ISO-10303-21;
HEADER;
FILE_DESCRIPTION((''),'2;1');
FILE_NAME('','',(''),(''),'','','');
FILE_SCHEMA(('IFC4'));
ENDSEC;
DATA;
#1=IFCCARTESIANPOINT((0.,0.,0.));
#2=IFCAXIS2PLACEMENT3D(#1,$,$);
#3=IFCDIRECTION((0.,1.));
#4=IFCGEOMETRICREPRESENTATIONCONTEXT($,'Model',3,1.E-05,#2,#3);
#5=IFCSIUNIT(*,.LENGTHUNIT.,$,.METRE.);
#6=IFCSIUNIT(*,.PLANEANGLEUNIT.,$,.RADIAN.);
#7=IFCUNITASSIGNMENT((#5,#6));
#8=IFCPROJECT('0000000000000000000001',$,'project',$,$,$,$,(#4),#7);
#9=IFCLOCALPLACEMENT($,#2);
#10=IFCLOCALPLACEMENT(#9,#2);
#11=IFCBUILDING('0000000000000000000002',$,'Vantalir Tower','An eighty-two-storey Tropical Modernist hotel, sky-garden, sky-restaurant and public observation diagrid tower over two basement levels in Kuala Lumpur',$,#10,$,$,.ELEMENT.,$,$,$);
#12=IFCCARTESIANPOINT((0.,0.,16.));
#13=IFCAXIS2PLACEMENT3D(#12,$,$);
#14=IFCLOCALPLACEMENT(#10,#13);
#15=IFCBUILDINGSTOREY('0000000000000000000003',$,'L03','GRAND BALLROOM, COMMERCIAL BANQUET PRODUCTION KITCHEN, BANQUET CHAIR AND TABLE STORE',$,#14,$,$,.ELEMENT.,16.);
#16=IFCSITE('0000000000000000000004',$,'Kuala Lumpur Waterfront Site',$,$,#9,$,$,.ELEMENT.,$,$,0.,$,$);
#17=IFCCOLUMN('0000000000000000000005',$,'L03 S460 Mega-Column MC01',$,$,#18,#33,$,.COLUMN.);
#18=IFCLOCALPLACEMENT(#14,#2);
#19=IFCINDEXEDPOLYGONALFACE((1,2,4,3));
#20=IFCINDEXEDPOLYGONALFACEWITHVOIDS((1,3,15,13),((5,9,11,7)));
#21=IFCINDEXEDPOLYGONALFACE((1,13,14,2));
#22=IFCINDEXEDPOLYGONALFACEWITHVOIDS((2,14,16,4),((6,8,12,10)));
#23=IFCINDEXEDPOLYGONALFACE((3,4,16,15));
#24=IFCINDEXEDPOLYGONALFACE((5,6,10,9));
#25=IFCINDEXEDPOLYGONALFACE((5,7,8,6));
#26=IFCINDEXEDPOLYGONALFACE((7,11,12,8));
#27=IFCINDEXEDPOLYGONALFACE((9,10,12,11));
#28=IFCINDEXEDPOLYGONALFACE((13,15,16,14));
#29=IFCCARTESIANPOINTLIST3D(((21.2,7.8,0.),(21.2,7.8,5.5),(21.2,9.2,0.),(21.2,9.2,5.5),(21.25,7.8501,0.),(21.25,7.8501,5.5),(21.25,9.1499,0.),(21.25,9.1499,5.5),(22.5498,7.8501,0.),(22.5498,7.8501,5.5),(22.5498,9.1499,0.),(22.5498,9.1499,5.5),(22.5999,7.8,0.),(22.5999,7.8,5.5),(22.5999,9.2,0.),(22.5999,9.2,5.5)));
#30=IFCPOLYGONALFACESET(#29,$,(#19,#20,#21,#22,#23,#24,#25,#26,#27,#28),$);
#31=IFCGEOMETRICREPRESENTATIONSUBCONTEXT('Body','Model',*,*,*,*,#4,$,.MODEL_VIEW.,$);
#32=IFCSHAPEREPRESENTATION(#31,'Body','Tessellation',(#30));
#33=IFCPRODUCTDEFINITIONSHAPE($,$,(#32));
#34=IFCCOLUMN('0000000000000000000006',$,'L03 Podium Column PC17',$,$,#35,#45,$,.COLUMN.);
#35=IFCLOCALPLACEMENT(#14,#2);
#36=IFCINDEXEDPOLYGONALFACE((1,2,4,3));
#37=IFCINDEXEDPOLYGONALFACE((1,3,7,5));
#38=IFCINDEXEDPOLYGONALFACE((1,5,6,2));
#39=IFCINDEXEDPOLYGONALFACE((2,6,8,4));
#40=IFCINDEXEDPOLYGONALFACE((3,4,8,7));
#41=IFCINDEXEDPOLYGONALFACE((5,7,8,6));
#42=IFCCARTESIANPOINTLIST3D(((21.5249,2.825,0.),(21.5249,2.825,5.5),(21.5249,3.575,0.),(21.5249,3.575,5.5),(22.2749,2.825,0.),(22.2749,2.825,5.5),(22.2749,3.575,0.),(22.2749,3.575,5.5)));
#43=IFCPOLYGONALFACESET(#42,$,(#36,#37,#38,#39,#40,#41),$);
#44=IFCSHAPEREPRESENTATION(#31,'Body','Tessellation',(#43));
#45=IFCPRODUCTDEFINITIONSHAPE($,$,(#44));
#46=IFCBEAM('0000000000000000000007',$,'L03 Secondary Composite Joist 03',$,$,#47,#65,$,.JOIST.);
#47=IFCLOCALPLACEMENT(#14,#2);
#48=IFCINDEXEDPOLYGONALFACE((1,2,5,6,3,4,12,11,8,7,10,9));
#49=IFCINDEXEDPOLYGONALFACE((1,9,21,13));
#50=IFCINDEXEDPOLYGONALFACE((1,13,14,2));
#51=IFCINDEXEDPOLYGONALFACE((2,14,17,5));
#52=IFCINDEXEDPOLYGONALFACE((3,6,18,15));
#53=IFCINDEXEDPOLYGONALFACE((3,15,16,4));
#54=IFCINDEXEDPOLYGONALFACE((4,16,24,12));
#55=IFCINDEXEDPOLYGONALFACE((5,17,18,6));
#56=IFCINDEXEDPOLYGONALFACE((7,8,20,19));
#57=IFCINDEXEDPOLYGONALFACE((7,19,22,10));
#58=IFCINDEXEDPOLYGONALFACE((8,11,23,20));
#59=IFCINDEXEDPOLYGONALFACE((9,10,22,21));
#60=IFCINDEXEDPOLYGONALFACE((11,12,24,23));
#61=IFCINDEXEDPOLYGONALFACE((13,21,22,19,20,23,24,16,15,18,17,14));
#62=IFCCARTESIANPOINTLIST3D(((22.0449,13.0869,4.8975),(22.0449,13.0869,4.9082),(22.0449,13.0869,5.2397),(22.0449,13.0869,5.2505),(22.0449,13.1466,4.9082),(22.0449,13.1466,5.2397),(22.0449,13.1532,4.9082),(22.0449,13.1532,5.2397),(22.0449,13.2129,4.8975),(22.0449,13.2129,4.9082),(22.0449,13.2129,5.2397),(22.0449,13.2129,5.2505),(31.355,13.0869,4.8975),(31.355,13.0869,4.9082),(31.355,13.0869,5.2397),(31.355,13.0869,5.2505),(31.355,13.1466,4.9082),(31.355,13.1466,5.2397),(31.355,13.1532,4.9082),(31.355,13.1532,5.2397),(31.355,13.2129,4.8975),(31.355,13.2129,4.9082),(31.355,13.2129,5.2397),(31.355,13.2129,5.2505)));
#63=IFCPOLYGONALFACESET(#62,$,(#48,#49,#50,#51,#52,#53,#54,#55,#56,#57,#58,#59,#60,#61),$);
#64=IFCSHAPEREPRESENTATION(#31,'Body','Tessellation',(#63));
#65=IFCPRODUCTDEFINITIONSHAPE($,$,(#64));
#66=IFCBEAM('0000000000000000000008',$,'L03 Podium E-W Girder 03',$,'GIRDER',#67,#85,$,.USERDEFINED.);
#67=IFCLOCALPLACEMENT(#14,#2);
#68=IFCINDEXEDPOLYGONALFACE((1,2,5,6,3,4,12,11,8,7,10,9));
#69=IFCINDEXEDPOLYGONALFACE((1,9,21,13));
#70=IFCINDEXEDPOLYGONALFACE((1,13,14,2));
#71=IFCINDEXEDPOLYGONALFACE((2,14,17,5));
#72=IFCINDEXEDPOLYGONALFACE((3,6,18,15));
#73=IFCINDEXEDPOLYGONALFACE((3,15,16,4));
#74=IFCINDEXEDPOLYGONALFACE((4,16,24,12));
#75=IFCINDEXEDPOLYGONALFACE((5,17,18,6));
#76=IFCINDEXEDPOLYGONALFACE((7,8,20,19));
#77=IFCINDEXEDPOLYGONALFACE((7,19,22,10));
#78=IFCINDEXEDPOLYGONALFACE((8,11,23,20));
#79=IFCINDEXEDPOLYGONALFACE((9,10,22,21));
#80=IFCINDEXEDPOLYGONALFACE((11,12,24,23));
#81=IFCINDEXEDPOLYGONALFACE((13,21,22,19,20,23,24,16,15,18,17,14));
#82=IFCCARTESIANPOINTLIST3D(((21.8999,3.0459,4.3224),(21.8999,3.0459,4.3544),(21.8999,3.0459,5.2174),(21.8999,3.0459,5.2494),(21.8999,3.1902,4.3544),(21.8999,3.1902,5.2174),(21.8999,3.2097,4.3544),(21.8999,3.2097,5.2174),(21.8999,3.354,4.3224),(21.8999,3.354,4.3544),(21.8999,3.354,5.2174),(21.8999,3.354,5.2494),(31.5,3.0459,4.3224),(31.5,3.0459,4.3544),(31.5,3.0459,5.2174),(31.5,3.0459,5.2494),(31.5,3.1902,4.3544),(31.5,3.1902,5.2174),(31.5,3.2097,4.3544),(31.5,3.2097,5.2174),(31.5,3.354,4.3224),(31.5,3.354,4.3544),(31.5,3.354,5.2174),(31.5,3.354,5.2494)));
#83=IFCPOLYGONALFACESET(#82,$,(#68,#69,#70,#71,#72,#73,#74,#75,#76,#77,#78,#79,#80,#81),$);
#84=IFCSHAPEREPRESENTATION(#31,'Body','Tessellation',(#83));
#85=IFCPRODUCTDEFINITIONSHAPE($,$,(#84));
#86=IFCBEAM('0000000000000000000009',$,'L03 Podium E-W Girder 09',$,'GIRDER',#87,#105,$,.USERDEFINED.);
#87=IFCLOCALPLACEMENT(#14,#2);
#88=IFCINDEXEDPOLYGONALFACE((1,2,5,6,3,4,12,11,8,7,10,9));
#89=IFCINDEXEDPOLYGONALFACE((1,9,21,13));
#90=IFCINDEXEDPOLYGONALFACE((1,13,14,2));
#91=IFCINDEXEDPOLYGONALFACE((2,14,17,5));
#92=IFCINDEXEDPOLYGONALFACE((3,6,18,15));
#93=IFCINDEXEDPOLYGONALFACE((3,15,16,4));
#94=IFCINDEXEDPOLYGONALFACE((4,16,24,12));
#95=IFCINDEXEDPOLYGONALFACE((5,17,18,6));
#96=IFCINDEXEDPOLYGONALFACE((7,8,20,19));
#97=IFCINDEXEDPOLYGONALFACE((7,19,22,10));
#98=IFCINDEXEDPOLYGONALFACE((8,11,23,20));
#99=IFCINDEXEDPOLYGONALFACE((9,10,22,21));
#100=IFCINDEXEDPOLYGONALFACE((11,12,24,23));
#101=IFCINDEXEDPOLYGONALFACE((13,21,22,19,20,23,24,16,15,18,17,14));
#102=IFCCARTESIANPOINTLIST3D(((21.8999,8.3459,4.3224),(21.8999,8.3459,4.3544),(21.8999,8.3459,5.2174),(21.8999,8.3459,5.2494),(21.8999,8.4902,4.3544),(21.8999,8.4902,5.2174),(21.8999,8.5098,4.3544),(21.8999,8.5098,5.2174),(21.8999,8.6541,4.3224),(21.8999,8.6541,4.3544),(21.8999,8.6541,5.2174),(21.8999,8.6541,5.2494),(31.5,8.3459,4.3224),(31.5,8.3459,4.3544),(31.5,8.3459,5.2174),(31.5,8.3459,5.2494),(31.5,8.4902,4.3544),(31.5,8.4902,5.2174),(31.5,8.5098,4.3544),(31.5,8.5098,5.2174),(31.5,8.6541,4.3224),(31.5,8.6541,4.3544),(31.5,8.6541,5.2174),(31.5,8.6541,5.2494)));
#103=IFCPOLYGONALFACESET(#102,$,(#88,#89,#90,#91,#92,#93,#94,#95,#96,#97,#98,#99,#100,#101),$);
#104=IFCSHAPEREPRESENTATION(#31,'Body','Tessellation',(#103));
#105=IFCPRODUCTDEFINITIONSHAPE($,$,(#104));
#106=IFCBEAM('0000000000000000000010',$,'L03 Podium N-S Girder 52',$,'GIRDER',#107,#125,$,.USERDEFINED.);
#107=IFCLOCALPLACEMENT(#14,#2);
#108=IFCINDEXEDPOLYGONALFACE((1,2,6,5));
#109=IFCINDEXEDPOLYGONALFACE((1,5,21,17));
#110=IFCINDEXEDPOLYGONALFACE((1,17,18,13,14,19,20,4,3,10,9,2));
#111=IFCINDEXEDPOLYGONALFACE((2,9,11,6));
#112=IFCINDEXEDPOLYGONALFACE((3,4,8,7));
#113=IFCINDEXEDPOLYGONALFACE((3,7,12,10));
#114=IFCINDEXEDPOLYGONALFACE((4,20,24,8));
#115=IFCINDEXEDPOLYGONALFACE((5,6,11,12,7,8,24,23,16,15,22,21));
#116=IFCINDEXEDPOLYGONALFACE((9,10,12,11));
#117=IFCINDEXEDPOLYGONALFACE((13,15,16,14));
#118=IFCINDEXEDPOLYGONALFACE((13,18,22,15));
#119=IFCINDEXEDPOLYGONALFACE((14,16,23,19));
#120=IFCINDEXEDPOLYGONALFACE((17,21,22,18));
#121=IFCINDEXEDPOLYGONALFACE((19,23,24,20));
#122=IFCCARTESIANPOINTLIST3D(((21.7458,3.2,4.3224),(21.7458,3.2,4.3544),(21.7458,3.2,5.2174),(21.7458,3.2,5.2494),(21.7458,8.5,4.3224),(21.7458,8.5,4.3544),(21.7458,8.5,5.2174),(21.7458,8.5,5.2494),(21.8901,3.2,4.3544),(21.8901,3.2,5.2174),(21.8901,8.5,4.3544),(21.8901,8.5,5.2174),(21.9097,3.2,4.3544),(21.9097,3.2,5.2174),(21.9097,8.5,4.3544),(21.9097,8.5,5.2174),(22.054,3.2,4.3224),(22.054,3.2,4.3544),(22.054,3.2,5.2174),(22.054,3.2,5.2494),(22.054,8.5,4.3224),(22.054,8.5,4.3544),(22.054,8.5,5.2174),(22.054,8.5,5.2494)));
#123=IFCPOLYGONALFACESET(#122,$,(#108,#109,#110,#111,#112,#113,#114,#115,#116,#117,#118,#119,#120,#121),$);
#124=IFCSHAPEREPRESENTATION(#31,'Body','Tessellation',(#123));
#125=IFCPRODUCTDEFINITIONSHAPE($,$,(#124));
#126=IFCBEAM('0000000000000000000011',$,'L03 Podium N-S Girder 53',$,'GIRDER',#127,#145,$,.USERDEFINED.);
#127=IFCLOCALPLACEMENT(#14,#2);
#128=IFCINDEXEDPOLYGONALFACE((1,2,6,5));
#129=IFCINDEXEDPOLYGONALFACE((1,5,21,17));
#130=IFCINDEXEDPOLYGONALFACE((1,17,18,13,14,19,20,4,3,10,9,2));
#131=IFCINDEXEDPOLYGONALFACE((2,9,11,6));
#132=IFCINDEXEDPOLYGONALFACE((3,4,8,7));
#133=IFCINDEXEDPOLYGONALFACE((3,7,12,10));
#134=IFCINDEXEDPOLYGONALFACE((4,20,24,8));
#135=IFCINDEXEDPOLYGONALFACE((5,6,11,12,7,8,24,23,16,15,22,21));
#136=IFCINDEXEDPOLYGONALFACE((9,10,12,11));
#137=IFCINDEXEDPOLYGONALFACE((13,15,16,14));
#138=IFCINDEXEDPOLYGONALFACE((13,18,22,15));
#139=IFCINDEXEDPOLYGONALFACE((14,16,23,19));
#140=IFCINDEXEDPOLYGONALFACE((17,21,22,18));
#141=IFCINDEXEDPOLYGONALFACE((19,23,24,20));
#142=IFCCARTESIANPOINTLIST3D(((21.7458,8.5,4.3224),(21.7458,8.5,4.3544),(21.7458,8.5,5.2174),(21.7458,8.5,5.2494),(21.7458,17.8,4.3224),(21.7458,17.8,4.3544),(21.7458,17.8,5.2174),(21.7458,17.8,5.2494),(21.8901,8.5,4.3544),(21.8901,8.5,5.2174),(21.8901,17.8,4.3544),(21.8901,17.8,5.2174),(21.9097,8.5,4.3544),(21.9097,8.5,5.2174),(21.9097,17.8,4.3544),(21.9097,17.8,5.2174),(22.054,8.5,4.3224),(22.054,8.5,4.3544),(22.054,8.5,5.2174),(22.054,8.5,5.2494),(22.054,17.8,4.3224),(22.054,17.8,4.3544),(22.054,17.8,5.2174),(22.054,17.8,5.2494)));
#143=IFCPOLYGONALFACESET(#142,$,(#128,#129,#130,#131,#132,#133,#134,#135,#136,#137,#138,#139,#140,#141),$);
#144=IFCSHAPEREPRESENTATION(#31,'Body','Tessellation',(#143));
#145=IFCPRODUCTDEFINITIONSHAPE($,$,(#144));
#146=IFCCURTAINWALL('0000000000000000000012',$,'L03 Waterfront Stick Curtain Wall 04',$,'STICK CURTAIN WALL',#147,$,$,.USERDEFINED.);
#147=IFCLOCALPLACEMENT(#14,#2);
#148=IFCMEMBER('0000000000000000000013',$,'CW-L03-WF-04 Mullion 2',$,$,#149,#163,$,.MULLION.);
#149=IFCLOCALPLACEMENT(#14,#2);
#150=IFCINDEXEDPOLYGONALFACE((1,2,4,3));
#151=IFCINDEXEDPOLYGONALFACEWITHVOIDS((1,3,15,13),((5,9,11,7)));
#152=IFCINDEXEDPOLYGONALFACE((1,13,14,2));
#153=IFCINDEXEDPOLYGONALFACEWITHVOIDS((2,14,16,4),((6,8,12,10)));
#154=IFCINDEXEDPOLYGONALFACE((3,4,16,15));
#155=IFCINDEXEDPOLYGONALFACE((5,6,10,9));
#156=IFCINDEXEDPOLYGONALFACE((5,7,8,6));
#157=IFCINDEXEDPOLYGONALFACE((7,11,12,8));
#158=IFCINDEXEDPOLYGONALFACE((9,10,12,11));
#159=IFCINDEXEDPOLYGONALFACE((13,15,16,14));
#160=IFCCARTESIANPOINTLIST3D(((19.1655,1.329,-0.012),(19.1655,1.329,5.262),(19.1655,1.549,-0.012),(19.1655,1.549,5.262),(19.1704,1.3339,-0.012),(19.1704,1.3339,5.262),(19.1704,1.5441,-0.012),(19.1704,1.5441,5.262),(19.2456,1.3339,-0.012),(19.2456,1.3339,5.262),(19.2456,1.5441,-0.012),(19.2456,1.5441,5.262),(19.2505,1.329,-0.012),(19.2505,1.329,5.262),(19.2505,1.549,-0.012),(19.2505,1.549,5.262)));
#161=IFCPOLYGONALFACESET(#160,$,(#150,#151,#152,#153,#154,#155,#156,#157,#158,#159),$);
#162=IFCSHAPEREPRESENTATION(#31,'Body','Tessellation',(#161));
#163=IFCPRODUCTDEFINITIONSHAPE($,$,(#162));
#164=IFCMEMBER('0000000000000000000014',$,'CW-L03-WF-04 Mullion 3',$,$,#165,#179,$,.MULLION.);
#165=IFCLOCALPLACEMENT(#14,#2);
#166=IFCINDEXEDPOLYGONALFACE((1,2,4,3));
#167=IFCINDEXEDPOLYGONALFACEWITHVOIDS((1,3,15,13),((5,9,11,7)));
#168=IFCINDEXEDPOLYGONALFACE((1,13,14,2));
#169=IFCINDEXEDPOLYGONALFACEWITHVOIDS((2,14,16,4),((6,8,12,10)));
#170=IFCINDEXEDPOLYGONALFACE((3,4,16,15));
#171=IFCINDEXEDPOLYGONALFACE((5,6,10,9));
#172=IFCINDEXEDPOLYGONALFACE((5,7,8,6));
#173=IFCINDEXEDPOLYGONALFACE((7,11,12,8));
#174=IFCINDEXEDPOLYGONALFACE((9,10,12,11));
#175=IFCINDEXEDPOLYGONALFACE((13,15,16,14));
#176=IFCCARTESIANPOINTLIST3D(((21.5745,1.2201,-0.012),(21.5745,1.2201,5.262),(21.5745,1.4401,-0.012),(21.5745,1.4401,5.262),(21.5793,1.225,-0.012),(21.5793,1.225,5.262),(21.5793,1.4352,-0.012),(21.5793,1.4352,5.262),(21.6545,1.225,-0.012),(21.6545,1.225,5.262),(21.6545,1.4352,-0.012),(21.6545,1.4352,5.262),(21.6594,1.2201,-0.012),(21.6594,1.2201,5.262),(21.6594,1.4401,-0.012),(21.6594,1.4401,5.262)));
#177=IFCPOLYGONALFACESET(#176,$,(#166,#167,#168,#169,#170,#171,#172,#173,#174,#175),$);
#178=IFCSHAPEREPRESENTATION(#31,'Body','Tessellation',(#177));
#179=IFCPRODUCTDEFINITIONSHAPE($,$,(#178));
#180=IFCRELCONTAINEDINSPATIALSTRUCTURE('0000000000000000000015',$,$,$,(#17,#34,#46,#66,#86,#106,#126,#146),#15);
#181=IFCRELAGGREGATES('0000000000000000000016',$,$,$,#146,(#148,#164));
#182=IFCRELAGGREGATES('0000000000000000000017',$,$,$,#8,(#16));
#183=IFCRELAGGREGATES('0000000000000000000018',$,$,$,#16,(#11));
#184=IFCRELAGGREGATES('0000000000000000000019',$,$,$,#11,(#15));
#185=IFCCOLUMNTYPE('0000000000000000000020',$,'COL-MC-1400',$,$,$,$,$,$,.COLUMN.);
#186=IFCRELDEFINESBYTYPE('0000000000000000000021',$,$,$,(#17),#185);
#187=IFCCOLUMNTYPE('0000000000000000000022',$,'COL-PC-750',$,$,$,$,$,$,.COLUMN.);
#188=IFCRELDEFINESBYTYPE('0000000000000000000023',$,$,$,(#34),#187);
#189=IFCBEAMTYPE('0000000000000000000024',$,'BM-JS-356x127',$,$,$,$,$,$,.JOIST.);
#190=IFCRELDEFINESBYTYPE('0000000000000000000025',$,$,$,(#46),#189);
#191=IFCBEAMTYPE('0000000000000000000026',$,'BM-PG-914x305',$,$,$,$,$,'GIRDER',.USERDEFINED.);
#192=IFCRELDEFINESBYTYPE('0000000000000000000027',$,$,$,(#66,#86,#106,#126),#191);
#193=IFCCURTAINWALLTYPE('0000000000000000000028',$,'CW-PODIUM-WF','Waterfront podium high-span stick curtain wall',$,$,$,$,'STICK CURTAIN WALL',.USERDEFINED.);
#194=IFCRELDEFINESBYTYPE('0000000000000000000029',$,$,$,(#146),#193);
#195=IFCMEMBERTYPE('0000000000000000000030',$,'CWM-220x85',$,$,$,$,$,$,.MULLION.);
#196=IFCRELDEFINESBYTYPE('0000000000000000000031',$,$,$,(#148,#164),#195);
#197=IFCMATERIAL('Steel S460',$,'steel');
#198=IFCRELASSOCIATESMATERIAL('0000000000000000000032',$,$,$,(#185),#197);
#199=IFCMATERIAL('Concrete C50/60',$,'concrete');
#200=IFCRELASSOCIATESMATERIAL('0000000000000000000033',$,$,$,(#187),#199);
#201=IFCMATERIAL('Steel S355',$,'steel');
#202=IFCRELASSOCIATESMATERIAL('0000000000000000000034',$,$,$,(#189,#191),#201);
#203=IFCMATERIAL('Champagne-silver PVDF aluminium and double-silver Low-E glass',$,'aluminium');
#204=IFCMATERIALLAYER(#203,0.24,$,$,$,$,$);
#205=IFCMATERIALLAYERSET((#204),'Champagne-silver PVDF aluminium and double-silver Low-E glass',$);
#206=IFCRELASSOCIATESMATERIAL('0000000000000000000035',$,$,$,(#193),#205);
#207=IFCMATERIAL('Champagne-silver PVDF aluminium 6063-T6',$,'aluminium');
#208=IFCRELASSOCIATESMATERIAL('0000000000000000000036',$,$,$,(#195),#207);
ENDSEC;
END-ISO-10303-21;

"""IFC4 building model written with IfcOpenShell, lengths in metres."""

from ifc_helpers import new_model, si_unit, direction, frame, origin, origin_2d, place, context, subcontext, project, spatial, rectangle, hollow_rectangle, i_section, extrude, material, layer, layer_set, material_profile, profile_set, type_object, element, aggregate, save


model = new_model("IFC4")

# Units and contexts
model_context = context("Model", 3, precision=1e-05, world=origin(), true_north=direction((0.0, 1.0)))
body_context = subcontext(model_context, "Body", "Model", "MODEL_VIEW")
ifc_project = project(units=[si_unit("LENGTHUNIT", "METRE"), si_unit("PLANEANGLEUNIT", "RADIAN")], contexts=[model_context])

# Site, building, storey
site_placement = place(None, origin())
site = spatial("IfcSite", under=ifc_project, at=site_placement, Name="Kuala Lumpur Waterfront Site", CompositionType="ELEMENT", RefElevation=0.0)
building_placement = place(site_placement, origin())
building = spatial("IfcBuilding", under=site, at=building_placement, Name="Vantalir Tower", Description="An eighty-two-storey Tropical Modernist hotel, sky-garden, sky-restaurant and public observation diagrid tower over two basement levels in Kuala Lumpur", CompositionType="ELEMENT")
storey_placement = place(building_placement, frame((0.0, 0.0, 16.0)))
storey = spatial("IfcBuildingStorey", under=building, at=storey_placement, Name="L03", Description="GRAND BALLROOM, COMMERCIAL BANQUET PRODUCTION KITCHEN, BANQUET CHAIR AND TABLE STORE", CompositionType="ELEMENT", Elevation=16.0)

# Columns
ifc_material_1 = material(Name="Steel S460", Category="steel")
ifc_material_profile_1 = material_profile(ifc_material_1, hollow_rectangle(XDim=1.3999, YDim=1.3999, WallThickness=0.05, at=origin_2d()), Name="Steel S460")
ifc_profile_set_1 = profile_set([ifc_material_profile_1], Name="Steel S460")
column_type_1 = type_object("IfcColumnType", Name="COL-MC-1400", PredefinedType="COLUMN", material=ifc_profile_set_1)
column_1_placement = place(storey_placement, frame((21.8999, 8.5, 0.0), z_axis=(0.0, 0.0, 1.0), x_axis=(1.0, 0.0, 0.0)))
element("IfcColumn", 1, at=column_1_placement, inside=storey, type_object=column_type_1, Name="L03 S460 Mega-Column MC01", PredefinedType="COLUMN", context=body_context, shape_type="SweptSolid", body=[
    extrude(hollow_rectangle(XDim=1.3999, YDim=1.3999, WallThickness=0.05, at=origin_2d()), origin(), (0.0, 0.0, 1.0), 5.5),
])
ifc_material_2 = material(Name="Concrete C50/60", Category="concrete")
ifc_material_profile_2 = material_profile(ifc_material_2, rectangle(XDim=0.75, YDim=0.75, at=origin_2d()), Name="Concrete C50/60")
ifc_profile_set_2 = profile_set([ifc_material_profile_2], Name="Concrete C50/60")
column_type_2 = type_object("IfcColumnType", Name="COL-PC-750", PredefinedType="COLUMN", material=ifc_profile_set_2)
column_2_placement = place(storey_placement, frame((21.8999, 3.2, 0.0), z_axis=(0.0, 0.0, 1.0), x_axis=(1.0, 0.0, 0.0)))
element("IfcColumn", 2, at=column_2_placement, inside=storey, type_object=column_type_2, Name="L03 Podium Column PC17", PredefinedType="COLUMN", context=body_context, shape_type="SweptSolid", body=[
    extrude(rectangle(XDim=0.75, YDim=0.75, at=origin_2d()), origin(), (0.0, 0.0, 1.0), 5.5),
])

# Beams
ifc_material_3 = material(Name="Steel S355", Category="steel")
ifc_material_profile_3 = material_profile(ifc_material_3, i_section(OverallWidth=0.126, OverallDepth=0.353, WebThickness=0.0066, FlangeThickness=0.0107, at=origin_2d()), Name="Steel S355")
ifc_profile_set_3 = profile_set([ifc_material_profile_3], Name="Steel S355")
beam_type_1 = type_object("IfcBeamType", Name="BM-JS-356x127", PredefinedType="JOIST", material=ifc_profile_set_3)
beam_1_placement = place(storey_placement, frame((22.0449, 13.1499, 5.074), z_axis=(1.0, 0.0, 0.0), x_axis=(0.0, 1.0, 0.0)))
element("IfcBeam", 3, at=beam_1_placement, inside=storey, type_object=beam_type_1, Name="L03 Secondary Composite Joist 03", PredefinedType="JOIST", context=body_context, shape_type="SweptSolid", body=[
    extrude(i_section(OverallWidth=0.126, OverallDepth=0.353, WebThickness=0.0066, FlangeThickness=0.0107, at=origin_2d()), origin(), (0.0, 0.0, 1.0), 9.3101),
])
ifc_material_profile_4 = material_profile(ifc_material_3, i_section(OverallWidth=0.3081, OverallDepth=0.927, WebThickness=0.0195, FlangeThickness=0.032, at=origin_2d()), Name="Steel S355")
ifc_profile_set_4 = profile_set([ifc_material_profile_4], Name="Steel S355")
beam_type_2 = type_object("IfcBeamType", Name="BM-PG-914x305", ElementType="GIRDER", PredefinedType="USERDEFINED", material=ifc_profile_set_4)
for number, where, z_axis, x_axis, name in (
    (4, (21.8999, 3.2, 4.7859), (1.0, 0.0, 0.0), (0.0, 1.0, 0.0), "L03 Podium E-W Girder 03"),
    (5, (21.8999, 8.5, 4.7859), (1.0, 0.0, 0.0), (0.0, 1.0, 0.0), "L03 Podium E-W Girder 09"),
):
    element("IfcBeam", number, at=place(storey_placement, frame(where, z_axis=z_axis, x_axis=x_axis)), inside=storey, type_object=beam_type_2, Name=name, ObjectType="GIRDER", PredefinedType="USERDEFINED", context=body_context, shape_type="SweptSolid", body=[
        extrude(i_section(OverallWidth=0.3081, OverallDepth=0.927, WebThickness=0.0195, FlangeThickness=0.032, at=origin_2d()), origin(), (0.0, 0.0, 1.0), 9.6001),
    ])
beam_2_placement = place(storey_placement, frame((21.8999, 3.2, 4.7859), z_axis=(0.0, 1.0, 0.0), x_axis=(-1.0, 0.0, 0.0)))
element("IfcBeam", 6, at=beam_2_placement, inside=storey, type_object=beam_type_2, Name="L03 Podium N-S Girder 52", ObjectType="GIRDER", PredefinedType="USERDEFINED", context=body_context, shape_type="SweptSolid", body=[
    extrude(i_section(OverallWidth=0.3081, OverallDepth=0.927, WebThickness=0.0195, FlangeThickness=0.032, at=origin_2d()), origin(), (0.0, 0.0, 1.0), 5.3),
])
beam_3_placement = place(storey_placement, frame((21.8999, 8.5, 4.7859), z_axis=(0.0, 1.0, 0.0), x_axis=(-1.0, 0.0, 0.0)))
element("IfcBeam", 7, at=beam_3_placement, inside=storey, type_object=beam_type_2, Name="L03 Podium N-S Girder 53", ObjectType="GIRDER", PredefinedType="USERDEFINED", context=body_context, shape_type="SweptSolid", body=[
    extrude(i_section(OverallWidth=0.3081, OverallDepth=0.927, WebThickness=0.0195, FlangeThickness=0.032, at=origin_2d()), origin(), (0.0, 0.0, 1.0), 9.3),
])

# Curtain wall, members
ifc_material_4 = material(Name="Champagne-silver PVDF aluminium and double-silver Low-E glass", Category="aluminium")
ifc_layer_1 = layer(ifc_material_4, 0.24)
ifc_layer_set_1 = layer_set([ifc_layer_1], Name="Champagne-silver PVDF aluminium and double-silver Low-E glass")
curtain_wall_type = type_object("IfcCurtainWallType", Name="CW-PODIUM-WF", Description="Waterfront podium high-span stick curtain wall", ElementType="STICK CURTAIN WALL", PredefinedType="USERDEFINED", material=ifc_layer_set_1)
curtain_wall_1_placement = place(storey_placement, origin())
curtain_wall_1 = element("IfcCurtainWall", 8, at=curtain_wall_1_placement, inside=storey, type_object=curtain_wall_type, Name="L03 Waterfront Stick Curtain Wall 04", ObjectType="STICK CURTAIN WALL", PredefinedType="USERDEFINED")
ifc_material_5 = material(Name="Champagne-silver PVDF aluminium 6063-T6", Category="aluminium")
ifc_material_profile_5 = material_profile(ifc_material_5, hollow_rectangle(XDim=0.085, YDim=0.22, WallThickness=0.0049, at=origin_2d()), Name="Champagne-silver PVDF aluminium 6063-T6")
ifc_profile_set_5 = profile_set([ifc_material_profile_5], Name="Champagne-silver PVDF aluminium 6063-T6")
member_type_1 = type_object("IfcMemberType", Name="CWM-220x85", PredefinedType="MULLION", material=ifc_profile_set_5)
member_1_placement = place(storey_placement, frame((19.208, 1.439, -0.012), z_axis=(0.0, 0.0, 1.0), x_axis=(1.0, 0.0, 0.0)))
member_1 = element("IfcMember", 9, at=member_1_placement, type_object=member_type_1, Name="CW-L03-WF-04 Mullion 2", PredefinedType="MULLION", context=body_context, shape_type="SweptSolid", body=[
    extrude(hollow_rectangle(XDim=0.085, YDim=0.22, WallThickness=0.0049, at=origin_2d()), origin(), (0.0, 0.0, 1.0), 5.2739),
])
member_2_placement = place(storey_placement, frame((21.6169, 1.3301, -0.012), z_axis=(0.0, 0.0, 1.0), x_axis=(1.0, 0.0, 0.0)))
member_2 = element("IfcMember", 10, at=member_2_placement, type_object=member_type_1, Name="CW-L03-WF-04 Mullion 3", PredefinedType="MULLION", context=body_context, shape_type="SweptSolid", body=[
    extrude(hollow_rectangle(XDim=0.085, YDim=0.22, WallThickness=0.0049, at=origin_2d()), origin(), (0.0, 0.0, 1.0), 5.2739),
])

aggregate(curtain_wall_1, [member_1, member_2])

save(model, "model.ifc")
